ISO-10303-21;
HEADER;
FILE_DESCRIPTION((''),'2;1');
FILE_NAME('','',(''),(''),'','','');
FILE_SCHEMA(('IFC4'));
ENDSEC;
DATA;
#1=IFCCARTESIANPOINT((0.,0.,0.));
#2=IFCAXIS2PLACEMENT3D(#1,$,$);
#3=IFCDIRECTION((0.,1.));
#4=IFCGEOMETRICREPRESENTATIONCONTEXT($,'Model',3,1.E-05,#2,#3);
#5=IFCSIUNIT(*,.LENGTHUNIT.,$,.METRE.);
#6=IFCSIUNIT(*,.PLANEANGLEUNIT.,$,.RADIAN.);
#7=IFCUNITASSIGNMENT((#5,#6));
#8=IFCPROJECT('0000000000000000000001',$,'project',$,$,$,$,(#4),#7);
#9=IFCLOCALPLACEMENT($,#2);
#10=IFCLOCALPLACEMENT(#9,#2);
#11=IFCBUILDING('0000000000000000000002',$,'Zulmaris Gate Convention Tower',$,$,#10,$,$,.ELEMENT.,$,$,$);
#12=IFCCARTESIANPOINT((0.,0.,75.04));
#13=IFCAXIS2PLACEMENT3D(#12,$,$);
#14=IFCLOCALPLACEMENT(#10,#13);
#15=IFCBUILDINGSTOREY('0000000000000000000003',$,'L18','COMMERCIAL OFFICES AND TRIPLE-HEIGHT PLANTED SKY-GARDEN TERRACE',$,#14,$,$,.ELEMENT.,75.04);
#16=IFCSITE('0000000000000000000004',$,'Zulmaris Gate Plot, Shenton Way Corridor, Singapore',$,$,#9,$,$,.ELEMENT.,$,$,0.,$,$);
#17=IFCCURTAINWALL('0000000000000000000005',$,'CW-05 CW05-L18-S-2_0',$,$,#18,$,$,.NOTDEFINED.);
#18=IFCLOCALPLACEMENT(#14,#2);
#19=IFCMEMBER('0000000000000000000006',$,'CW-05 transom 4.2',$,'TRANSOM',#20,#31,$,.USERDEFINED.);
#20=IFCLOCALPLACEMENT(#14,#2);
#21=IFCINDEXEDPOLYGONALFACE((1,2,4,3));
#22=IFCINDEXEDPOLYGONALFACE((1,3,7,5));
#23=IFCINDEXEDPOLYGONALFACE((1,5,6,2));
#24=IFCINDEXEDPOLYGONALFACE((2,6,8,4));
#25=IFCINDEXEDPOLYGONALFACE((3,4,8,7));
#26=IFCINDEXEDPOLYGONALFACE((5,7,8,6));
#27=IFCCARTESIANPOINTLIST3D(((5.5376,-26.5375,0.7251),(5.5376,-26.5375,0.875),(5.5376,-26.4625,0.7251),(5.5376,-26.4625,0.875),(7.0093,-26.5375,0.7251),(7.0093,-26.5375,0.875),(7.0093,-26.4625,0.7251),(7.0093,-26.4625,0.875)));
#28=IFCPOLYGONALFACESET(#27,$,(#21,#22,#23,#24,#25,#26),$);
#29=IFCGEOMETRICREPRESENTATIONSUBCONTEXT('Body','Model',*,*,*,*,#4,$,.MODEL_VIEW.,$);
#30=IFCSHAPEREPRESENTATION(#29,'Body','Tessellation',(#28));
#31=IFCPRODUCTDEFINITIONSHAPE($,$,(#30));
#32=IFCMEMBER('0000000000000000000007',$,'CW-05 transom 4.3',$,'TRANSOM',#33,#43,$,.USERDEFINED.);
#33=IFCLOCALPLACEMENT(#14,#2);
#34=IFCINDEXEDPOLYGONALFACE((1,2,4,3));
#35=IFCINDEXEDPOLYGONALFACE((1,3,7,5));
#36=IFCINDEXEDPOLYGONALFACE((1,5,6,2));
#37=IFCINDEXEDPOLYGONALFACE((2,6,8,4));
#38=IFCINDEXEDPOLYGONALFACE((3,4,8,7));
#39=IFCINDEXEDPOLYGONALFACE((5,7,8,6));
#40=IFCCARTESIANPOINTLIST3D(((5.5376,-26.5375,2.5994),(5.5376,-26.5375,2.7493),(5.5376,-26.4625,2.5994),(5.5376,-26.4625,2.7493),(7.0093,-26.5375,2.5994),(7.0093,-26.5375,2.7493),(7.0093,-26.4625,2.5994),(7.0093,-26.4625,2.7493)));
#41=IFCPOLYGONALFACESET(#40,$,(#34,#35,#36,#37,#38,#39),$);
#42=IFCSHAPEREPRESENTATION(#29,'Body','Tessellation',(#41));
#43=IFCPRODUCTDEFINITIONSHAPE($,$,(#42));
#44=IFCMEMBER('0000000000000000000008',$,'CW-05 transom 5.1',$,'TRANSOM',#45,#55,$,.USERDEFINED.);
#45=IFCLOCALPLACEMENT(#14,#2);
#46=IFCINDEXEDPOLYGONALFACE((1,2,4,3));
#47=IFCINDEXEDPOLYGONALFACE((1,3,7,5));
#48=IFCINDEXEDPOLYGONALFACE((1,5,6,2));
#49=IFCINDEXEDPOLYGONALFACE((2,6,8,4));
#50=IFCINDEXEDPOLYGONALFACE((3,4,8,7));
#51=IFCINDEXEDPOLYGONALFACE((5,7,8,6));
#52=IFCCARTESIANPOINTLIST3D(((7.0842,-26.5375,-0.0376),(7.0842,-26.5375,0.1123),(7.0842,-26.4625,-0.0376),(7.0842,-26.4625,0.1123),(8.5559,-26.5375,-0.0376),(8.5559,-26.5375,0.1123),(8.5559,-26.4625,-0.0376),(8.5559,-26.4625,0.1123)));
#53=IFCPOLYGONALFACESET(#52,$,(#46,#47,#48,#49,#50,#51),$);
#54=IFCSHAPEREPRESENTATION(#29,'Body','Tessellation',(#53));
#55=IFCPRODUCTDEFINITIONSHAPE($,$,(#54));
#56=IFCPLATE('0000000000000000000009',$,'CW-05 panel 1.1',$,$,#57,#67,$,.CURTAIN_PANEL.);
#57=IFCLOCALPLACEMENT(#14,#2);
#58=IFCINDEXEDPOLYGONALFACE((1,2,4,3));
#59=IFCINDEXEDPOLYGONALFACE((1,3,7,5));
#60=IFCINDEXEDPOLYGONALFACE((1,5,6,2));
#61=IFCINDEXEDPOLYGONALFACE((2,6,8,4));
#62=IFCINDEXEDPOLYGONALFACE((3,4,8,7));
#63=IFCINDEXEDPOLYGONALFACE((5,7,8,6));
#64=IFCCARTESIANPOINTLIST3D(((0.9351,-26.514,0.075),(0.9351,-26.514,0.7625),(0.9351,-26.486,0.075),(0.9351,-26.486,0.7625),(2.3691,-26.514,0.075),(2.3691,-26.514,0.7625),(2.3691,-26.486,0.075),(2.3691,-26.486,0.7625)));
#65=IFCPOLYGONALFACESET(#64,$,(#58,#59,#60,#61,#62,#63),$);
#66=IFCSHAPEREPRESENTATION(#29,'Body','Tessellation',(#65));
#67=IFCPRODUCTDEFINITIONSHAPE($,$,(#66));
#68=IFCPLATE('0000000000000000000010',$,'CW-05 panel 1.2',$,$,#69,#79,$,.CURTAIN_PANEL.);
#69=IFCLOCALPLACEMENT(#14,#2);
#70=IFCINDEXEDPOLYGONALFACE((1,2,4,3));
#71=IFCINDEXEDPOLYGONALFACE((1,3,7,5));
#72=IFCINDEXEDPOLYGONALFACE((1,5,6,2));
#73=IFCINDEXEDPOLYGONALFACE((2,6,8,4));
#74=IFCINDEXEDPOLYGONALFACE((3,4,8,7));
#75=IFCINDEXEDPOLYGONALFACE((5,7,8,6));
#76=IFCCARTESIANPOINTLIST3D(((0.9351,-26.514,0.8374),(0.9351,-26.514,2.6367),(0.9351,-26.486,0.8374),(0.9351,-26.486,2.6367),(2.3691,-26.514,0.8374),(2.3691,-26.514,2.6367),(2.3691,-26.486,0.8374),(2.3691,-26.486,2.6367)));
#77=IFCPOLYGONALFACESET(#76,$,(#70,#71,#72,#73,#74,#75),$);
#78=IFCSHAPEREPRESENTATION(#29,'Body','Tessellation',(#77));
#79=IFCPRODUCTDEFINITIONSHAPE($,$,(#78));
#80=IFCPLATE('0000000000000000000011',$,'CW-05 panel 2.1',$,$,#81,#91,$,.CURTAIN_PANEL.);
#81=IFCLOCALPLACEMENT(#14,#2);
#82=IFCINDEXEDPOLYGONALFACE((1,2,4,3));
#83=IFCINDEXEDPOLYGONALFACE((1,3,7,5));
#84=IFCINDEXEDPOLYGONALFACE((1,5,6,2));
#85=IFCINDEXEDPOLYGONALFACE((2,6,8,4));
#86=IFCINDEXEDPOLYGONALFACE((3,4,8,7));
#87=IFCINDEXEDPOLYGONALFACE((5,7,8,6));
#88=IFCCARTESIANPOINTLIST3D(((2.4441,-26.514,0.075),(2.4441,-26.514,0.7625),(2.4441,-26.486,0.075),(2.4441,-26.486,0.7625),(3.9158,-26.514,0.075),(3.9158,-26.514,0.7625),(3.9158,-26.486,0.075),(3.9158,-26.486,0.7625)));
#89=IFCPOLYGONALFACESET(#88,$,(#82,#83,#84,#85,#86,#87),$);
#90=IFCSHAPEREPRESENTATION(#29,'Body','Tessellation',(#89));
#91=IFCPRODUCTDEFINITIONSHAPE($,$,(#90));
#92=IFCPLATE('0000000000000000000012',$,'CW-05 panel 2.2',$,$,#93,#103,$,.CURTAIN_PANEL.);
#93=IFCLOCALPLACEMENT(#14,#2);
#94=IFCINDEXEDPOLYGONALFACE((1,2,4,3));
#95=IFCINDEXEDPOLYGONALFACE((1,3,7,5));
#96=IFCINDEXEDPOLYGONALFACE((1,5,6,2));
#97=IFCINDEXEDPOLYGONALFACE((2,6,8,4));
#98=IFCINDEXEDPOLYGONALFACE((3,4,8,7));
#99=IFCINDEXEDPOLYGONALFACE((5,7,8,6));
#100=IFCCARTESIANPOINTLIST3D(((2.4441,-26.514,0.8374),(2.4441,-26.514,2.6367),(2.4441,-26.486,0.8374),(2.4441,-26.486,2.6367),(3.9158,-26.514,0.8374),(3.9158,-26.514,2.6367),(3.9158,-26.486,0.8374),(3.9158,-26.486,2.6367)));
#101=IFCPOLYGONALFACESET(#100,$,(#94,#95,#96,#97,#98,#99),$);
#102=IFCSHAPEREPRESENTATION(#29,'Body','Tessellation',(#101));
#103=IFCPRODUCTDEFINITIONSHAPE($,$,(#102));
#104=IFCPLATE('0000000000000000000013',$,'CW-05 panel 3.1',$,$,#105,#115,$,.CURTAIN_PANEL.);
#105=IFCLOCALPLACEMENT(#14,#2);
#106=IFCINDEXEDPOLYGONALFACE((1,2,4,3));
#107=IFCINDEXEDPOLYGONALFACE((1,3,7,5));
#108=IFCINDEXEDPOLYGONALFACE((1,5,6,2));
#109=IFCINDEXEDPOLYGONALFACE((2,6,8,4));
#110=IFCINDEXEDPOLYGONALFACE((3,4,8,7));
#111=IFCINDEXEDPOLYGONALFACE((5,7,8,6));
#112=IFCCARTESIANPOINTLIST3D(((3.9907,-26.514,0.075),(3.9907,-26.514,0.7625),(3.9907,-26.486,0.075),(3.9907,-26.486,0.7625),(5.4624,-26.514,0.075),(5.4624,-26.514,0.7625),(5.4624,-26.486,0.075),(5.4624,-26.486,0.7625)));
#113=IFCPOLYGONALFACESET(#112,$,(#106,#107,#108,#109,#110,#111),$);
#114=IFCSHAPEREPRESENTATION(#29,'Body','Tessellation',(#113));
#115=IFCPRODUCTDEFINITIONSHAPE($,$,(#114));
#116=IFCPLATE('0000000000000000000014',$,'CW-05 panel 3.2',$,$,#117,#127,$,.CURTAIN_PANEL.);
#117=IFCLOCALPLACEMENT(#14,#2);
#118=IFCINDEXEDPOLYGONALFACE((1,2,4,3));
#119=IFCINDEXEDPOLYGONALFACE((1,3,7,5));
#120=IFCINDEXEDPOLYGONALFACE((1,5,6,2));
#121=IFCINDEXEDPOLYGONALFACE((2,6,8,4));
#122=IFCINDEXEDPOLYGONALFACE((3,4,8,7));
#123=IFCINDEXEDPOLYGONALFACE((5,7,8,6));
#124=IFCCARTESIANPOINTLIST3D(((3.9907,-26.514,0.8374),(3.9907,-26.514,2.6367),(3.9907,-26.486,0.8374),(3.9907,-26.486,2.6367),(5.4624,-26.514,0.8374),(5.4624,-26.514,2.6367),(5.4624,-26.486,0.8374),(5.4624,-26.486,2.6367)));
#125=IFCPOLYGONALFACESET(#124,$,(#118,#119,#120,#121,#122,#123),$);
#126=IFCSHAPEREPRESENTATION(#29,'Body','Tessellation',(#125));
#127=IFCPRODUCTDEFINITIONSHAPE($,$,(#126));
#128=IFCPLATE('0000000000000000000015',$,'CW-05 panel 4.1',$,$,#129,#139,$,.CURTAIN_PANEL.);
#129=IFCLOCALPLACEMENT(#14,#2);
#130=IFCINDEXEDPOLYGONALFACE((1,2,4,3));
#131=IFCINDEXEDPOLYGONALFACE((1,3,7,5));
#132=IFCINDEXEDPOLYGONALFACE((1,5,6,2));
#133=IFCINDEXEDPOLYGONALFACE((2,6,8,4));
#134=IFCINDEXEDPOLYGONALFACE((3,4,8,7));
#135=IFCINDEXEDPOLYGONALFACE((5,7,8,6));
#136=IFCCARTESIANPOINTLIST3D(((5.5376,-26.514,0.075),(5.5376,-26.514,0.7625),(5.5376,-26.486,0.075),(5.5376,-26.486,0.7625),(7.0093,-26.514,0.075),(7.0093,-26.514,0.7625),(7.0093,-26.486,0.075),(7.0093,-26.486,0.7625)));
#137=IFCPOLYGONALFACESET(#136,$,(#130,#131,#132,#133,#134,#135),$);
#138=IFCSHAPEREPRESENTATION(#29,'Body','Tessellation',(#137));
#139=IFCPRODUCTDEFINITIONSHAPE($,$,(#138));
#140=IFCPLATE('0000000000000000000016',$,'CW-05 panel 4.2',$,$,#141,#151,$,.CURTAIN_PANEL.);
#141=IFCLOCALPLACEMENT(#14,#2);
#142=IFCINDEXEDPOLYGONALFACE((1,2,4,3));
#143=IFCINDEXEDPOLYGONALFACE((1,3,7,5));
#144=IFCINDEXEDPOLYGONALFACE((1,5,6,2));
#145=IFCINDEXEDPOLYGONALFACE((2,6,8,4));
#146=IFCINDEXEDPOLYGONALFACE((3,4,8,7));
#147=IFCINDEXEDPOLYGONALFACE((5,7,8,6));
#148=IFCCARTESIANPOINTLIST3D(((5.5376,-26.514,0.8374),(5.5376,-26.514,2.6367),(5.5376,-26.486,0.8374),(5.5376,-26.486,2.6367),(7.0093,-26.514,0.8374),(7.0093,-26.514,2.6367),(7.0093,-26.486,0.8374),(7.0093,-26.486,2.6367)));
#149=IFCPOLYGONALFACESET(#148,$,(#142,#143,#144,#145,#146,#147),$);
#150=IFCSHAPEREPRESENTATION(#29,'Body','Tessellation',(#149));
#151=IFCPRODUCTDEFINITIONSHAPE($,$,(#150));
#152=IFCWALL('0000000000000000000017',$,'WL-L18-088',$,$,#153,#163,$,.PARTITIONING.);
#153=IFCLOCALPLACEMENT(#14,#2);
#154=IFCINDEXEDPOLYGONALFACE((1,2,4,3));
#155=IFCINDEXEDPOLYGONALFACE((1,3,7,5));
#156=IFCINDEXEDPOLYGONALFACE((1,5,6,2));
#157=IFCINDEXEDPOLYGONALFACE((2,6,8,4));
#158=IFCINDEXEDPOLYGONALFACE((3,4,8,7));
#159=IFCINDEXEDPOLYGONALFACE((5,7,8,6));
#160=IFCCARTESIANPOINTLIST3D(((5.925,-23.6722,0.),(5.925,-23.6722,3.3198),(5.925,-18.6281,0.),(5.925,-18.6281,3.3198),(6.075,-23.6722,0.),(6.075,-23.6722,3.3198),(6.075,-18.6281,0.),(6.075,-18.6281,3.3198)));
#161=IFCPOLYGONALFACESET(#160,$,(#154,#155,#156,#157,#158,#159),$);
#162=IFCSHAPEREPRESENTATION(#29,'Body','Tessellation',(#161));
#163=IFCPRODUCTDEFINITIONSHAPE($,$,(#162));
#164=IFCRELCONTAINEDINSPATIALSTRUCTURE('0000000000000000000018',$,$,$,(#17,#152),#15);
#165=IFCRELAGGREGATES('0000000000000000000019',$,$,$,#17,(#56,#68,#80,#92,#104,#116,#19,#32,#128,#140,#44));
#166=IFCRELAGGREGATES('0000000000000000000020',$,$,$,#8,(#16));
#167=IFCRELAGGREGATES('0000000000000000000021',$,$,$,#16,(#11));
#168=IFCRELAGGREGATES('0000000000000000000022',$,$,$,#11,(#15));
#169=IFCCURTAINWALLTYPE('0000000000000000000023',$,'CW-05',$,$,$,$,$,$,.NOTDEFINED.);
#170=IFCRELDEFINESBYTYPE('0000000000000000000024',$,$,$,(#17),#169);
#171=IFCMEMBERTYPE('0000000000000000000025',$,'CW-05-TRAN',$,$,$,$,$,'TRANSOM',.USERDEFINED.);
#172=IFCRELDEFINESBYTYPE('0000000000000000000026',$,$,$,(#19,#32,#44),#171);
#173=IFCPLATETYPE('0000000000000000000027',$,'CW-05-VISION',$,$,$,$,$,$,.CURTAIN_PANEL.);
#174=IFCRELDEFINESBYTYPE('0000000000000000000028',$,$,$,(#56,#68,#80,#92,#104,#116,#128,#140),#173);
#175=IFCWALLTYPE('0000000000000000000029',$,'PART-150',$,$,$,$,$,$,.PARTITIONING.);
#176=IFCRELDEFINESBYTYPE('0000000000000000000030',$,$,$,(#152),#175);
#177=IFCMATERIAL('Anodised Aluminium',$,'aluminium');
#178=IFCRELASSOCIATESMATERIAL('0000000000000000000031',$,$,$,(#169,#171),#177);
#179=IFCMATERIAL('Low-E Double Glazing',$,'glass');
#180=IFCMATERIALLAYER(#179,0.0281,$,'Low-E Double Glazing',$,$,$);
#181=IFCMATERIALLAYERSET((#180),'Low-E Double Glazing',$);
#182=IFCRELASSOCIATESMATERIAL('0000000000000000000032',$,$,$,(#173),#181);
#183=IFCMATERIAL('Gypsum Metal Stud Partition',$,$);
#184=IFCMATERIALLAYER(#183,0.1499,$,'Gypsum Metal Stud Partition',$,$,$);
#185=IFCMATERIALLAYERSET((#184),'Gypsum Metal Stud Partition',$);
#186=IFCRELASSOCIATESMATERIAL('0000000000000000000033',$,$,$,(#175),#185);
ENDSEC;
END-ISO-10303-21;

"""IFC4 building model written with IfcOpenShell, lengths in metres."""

from ifc_helpers import new_model, si_unit, direction, frame, frame_2d, origin, origin_2d, place, context, subcontext, project, spatial, rectangle, extrude, material, layer, layer_set, material_profile, profile_set, type_object, element, aggregate, save


model = new_model("IFC4")

# Units and contexts
model_context = context("Model", 3, precision=1e-05, world=origin(), true_north=direction((0.0, 1.0)))
body_context = subcontext(model_context, "Body", "Model", "MODEL_VIEW")
ifc_project = project(units=[si_unit("LENGTHUNIT", "METRE"), si_unit("PLANEANGLEUNIT", "RADIAN")], contexts=[model_context])

# Site, building, storey
site_placement = place(None, origin())
site = spatial("IfcSite", under=ifc_project, at=site_placement, Name="Zulmaris Gate Plot, Shenton Way Corridor, Singapore", CompositionType="ELEMENT", RefElevation=0.0)
building_placement = place(site_placement, origin())
building = spatial("IfcBuilding", under=site, at=building_placement, Name="Zulmaris Gate Convention Tower", CompositionType="ELEMENT")
storey_placement = place(building_placement, frame((0.0, 0.0, 75.04)))
storey = spatial("IfcBuildingStorey", under=building, at=storey_placement, Name="L18", Description="COMMERCIAL OFFICES AND TRIPLE-HEIGHT PLANTED SKY-GARDEN TERRACE", CompositionType="ELEMENT", Elevation=75.04)

# Curtain wall, members, plates
ifc_material_1 = material(Name="Anodised Aluminium", Category="aluminium")
curtain_wall_type = type_object("IfcCurtainWallType", Name="CW-05", PredefinedType="NOTDEFINED", material=ifc_material_1)
curtain_wall_placement = place(storey_placement, origin())
curtain_wall = element("IfcCurtainWall", 1, at=curtain_wall_placement, inside=storey, type_object=curtain_wall_type, Name="CW-05 CW05-L18-S-2_0", PredefinedType="NOTDEFINED")
ifc_material_profile_1 = material_profile(ifc_material_1, rectangle(XDim=0.075, YDim=0.1499, at=origin_2d()), Name="ALU TRANSOM 75x150")
ifc_profile_set_1 = profile_set([ifc_material_profile_1], Name="Anodised Aluminium")
member_type_1 = type_object("IfcMemberType", Name="CW-05-TRAN", ElementType="TRANSOM", PredefinedType="USERDEFINED", material=ifc_profile_set_1)
member_1_placement = place(storey_placement, frame((5.5376, -26.5, 0.8), z_axis=(1.0, 0.0, 0.0), x_axis=(0.0, 1.0, 0.0)))
member_1 = element("IfcMember", 2, at=member_1_placement, type_object=member_type_1, Name="CW-05 transom 4.2", ObjectType="TRANSOM", PredefinedType="USERDEFINED", context=body_context, shape_type="SweptSolid", body=[
    extrude(rectangle(XDim=0.075, YDim=0.1499, at=origin_2d()), origin(), (0.0, 0.0, 1.0), 1.4717),
])
member_2_placement = place(storey_placement, frame((5.5376, -26.5, 2.6743), z_axis=(1.0, 0.0, 0.0), x_axis=(0.0, 1.0, 0.0)))
member_2 = element("IfcMember", 3, at=member_2_placement, type_object=member_type_1, Name="CW-05 transom 4.3", ObjectType="TRANSOM", PredefinedType="USERDEFINED", context=body_context, shape_type="SweptSolid", body=[
    extrude(rectangle(XDim=0.075, YDim=0.1499, at=origin_2d()), origin(), (0.0, 0.0, 1.0), 1.4717),
])
member_3_placement = place(storey_placement, frame((7.0842, -26.5, 0.0374), z_axis=(1.0, 0.0, 0.0), x_axis=(0.0, 1.0, 0.0)))
member_3 = element("IfcMember", 4, at=member_3_placement, type_object=member_type_1, Name="CW-05 transom 5.1", ObjectType="TRANSOM", PredefinedType="USERDEFINED", context=body_context, shape_type="SweptSolid", body=[
    extrude(rectangle(XDim=0.075, YDim=0.1499, at=origin_2d()), origin(), (0.0, 0.0, 1.0), 1.4717),
])
ifc_material_2 = material(Name="Low-E Double Glazing", Category="glass")
ifc_layer_1 = layer(ifc_material_2, 0.0281, Name="Low-E Double Glazing")
ifc_layer_set_1 = layer_set([ifc_layer_1], Name="Low-E Double Glazing")
plate_type = type_object("IfcPlateType", Name="CW-05-VISION", PredefinedType="CURTAIN_PANEL", material=ifc_layer_set_1)
plate_1_placement = place(storey_placement, frame((1.6521, -26.5, 0.075), z_axis=(0.0, 0.0, 1.0), x_axis=(1.0, 0.0, 0.0)))
plate_1 = element("IfcPlate", 5, at=plate_1_placement, type_object=plate_type, Name="CW-05 panel 1.1", PredefinedType="CURTAIN_PANEL", context=body_context, shape_type="SweptSolid", body=[
    extrude(rectangle(XDim=1.4341, YDim=0.0281, at=origin_2d()), origin(), (0.0, 0.0, 1.0), 0.6875),
])
plate_2_placement = place(storey_placement, frame((1.6521, -26.5, 0.8374), z_axis=(0.0, 0.0, 1.0), x_axis=(1.0, 0.0, 0.0)))
plate_2 = element("IfcPlate", 6, at=plate_2_placement, type_object=plate_type, Name="CW-05 panel 1.2", PredefinedType="CURTAIN_PANEL", context=body_context, shape_type="SweptSolid", body=[
    extrude(rectangle(XDim=1.4341, YDim=0.0281, at=origin_2d()), origin(), (0.0, 0.0, 1.0), 1.7993),
])
plate_3_placement = place(storey_placement, frame((3.1799, -26.5, 0.075), z_axis=(0.0, 0.0, 1.0), x_axis=(1.0, 0.0, 0.0)))
plate_3 = element("IfcPlate", 7, at=plate_3_placement, type_object=plate_type, Name="CW-05 panel 2.1", PredefinedType="CURTAIN_PANEL", context=body_context, shape_type="SweptSolid", body=[
    extrude(rectangle(XDim=1.4717, YDim=0.0281, at=origin_2d()), origin(), (0.0, 0.0, 1.0), 0.6875),
])
plate_4_placement = place(storey_placement, frame((3.1799, -26.5, 0.8374), z_axis=(0.0, 0.0, 1.0), x_axis=(1.0, 0.0, 0.0)))
plate_4 = element("IfcPlate", 8, at=plate_4_placement, type_object=plate_type, Name="CW-05 panel 2.2", PredefinedType="CURTAIN_PANEL", context=body_context, shape_type="SweptSolid", body=[
    extrude(rectangle(XDim=1.4717, YDim=0.0281, at=origin_2d()), origin(), (0.0, 0.0, 1.0), 1.7993),
])
plate_5_placement = place(storey_placement, frame((4.7266, -26.5, 0.075), z_axis=(0.0, 0.0, 1.0), x_axis=(1.0, 0.0, 0.0)))
plate_5 = element("IfcPlate", 9, at=plate_5_placement, type_object=plate_type, Name="CW-05 panel 3.1", PredefinedType="CURTAIN_PANEL", context=body_context, shape_type="SweptSolid", body=[
    extrude(rectangle(XDim=1.4717, YDim=0.0281, at=origin_2d()), origin(), (0.0, 0.0, 1.0), 0.6875),
])
plate_6_placement = place(storey_placement, frame((4.7266, -26.5, 0.8374), z_axis=(0.0, 0.0, 1.0), x_axis=(1.0, 0.0, 0.0)))
plate_6 = element("IfcPlate", 10, at=plate_6_placement, type_object=plate_type, Name="CW-05 panel 3.2", PredefinedType="CURTAIN_PANEL", context=body_context, shape_type="SweptSolid", body=[
    extrude(rectangle(XDim=1.4717, YDim=0.0281, at=origin_2d()), origin(), (0.0, 0.0, 1.0), 1.7993),
])
plate_7_placement = place(storey_placement, frame((6.2734, -26.5, 0.075), z_axis=(0.0, 0.0, 1.0), x_axis=(1.0, 0.0, 0.0)))
plate_7 = element("IfcPlate", 11, at=plate_7_placement, type_object=plate_type, Name="CW-05 panel 4.1", PredefinedType="CURTAIN_PANEL", context=body_context, shape_type="SweptSolid", body=[
    extrude(rectangle(XDim=1.4717, YDim=0.0281, at=origin_2d()), origin(), (0.0, 0.0, 1.0), 0.6875),
])
plate_8_placement = place(storey_placement, frame((6.2734, -26.5, 0.8374), z_axis=(0.0, 0.0, 1.0), x_axis=(1.0, 0.0, 0.0)))
plate_8 = element("IfcPlate", 12, at=plate_8_placement, type_object=plate_type, Name="CW-05 panel 4.2", PredefinedType="CURTAIN_PANEL", context=body_context, shape_type="SweptSolid", body=[
    extrude(rectangle(XDim=1.4717, YDim=0.0281, at=origin_2d()), origin(), (0.0, 0.0, 1.0), 1.7993),
])
aggregate(curtain_wall, [plate_1, plate_2, plate_3, plate_4, plate_5, plate_6, member_1, member_2, plate_7, plate_8, member_3])

# Shared definitions
ifc_material_3 = material(Name="Gypsum Metal Stud Partition")
ifc_layer_2 = layer(ifc_material_3, 0.1499, Name="Gypsum Metal Stud Partition")
ifc_layer_set_2 = layer_set([ifc_layer_2], Name="Gypsum Metal Stud Partition")
wall_type = type_object("IfcWallType", Name="PART-150", PredefinedType="PARTITIONING", material=ifc_layer_set_2)

# Wall
wall_1_placement = place(storey_placement, frame((6.0, -23.6721, 0.0), z_axis=(0.0, 0.0, 1.0), x_axis=(0.0, 1.0, 0.0)))
element("IfcWall", 13, at=wall_1_placement, inside=storey, type_object=wall_type, Name="WL-L18-088", PredefinedType="PARTITIONING", context=body_context, shape_type="SweptSolid", body=[
    extrude(rectangle(XDim=5.0442, YDim=0.1499, at=frame_2d((2.522, 0.0))), origin(), (0.0, 0.0, 1.0), 3.3198),
])

save(model, "model.ifc")
